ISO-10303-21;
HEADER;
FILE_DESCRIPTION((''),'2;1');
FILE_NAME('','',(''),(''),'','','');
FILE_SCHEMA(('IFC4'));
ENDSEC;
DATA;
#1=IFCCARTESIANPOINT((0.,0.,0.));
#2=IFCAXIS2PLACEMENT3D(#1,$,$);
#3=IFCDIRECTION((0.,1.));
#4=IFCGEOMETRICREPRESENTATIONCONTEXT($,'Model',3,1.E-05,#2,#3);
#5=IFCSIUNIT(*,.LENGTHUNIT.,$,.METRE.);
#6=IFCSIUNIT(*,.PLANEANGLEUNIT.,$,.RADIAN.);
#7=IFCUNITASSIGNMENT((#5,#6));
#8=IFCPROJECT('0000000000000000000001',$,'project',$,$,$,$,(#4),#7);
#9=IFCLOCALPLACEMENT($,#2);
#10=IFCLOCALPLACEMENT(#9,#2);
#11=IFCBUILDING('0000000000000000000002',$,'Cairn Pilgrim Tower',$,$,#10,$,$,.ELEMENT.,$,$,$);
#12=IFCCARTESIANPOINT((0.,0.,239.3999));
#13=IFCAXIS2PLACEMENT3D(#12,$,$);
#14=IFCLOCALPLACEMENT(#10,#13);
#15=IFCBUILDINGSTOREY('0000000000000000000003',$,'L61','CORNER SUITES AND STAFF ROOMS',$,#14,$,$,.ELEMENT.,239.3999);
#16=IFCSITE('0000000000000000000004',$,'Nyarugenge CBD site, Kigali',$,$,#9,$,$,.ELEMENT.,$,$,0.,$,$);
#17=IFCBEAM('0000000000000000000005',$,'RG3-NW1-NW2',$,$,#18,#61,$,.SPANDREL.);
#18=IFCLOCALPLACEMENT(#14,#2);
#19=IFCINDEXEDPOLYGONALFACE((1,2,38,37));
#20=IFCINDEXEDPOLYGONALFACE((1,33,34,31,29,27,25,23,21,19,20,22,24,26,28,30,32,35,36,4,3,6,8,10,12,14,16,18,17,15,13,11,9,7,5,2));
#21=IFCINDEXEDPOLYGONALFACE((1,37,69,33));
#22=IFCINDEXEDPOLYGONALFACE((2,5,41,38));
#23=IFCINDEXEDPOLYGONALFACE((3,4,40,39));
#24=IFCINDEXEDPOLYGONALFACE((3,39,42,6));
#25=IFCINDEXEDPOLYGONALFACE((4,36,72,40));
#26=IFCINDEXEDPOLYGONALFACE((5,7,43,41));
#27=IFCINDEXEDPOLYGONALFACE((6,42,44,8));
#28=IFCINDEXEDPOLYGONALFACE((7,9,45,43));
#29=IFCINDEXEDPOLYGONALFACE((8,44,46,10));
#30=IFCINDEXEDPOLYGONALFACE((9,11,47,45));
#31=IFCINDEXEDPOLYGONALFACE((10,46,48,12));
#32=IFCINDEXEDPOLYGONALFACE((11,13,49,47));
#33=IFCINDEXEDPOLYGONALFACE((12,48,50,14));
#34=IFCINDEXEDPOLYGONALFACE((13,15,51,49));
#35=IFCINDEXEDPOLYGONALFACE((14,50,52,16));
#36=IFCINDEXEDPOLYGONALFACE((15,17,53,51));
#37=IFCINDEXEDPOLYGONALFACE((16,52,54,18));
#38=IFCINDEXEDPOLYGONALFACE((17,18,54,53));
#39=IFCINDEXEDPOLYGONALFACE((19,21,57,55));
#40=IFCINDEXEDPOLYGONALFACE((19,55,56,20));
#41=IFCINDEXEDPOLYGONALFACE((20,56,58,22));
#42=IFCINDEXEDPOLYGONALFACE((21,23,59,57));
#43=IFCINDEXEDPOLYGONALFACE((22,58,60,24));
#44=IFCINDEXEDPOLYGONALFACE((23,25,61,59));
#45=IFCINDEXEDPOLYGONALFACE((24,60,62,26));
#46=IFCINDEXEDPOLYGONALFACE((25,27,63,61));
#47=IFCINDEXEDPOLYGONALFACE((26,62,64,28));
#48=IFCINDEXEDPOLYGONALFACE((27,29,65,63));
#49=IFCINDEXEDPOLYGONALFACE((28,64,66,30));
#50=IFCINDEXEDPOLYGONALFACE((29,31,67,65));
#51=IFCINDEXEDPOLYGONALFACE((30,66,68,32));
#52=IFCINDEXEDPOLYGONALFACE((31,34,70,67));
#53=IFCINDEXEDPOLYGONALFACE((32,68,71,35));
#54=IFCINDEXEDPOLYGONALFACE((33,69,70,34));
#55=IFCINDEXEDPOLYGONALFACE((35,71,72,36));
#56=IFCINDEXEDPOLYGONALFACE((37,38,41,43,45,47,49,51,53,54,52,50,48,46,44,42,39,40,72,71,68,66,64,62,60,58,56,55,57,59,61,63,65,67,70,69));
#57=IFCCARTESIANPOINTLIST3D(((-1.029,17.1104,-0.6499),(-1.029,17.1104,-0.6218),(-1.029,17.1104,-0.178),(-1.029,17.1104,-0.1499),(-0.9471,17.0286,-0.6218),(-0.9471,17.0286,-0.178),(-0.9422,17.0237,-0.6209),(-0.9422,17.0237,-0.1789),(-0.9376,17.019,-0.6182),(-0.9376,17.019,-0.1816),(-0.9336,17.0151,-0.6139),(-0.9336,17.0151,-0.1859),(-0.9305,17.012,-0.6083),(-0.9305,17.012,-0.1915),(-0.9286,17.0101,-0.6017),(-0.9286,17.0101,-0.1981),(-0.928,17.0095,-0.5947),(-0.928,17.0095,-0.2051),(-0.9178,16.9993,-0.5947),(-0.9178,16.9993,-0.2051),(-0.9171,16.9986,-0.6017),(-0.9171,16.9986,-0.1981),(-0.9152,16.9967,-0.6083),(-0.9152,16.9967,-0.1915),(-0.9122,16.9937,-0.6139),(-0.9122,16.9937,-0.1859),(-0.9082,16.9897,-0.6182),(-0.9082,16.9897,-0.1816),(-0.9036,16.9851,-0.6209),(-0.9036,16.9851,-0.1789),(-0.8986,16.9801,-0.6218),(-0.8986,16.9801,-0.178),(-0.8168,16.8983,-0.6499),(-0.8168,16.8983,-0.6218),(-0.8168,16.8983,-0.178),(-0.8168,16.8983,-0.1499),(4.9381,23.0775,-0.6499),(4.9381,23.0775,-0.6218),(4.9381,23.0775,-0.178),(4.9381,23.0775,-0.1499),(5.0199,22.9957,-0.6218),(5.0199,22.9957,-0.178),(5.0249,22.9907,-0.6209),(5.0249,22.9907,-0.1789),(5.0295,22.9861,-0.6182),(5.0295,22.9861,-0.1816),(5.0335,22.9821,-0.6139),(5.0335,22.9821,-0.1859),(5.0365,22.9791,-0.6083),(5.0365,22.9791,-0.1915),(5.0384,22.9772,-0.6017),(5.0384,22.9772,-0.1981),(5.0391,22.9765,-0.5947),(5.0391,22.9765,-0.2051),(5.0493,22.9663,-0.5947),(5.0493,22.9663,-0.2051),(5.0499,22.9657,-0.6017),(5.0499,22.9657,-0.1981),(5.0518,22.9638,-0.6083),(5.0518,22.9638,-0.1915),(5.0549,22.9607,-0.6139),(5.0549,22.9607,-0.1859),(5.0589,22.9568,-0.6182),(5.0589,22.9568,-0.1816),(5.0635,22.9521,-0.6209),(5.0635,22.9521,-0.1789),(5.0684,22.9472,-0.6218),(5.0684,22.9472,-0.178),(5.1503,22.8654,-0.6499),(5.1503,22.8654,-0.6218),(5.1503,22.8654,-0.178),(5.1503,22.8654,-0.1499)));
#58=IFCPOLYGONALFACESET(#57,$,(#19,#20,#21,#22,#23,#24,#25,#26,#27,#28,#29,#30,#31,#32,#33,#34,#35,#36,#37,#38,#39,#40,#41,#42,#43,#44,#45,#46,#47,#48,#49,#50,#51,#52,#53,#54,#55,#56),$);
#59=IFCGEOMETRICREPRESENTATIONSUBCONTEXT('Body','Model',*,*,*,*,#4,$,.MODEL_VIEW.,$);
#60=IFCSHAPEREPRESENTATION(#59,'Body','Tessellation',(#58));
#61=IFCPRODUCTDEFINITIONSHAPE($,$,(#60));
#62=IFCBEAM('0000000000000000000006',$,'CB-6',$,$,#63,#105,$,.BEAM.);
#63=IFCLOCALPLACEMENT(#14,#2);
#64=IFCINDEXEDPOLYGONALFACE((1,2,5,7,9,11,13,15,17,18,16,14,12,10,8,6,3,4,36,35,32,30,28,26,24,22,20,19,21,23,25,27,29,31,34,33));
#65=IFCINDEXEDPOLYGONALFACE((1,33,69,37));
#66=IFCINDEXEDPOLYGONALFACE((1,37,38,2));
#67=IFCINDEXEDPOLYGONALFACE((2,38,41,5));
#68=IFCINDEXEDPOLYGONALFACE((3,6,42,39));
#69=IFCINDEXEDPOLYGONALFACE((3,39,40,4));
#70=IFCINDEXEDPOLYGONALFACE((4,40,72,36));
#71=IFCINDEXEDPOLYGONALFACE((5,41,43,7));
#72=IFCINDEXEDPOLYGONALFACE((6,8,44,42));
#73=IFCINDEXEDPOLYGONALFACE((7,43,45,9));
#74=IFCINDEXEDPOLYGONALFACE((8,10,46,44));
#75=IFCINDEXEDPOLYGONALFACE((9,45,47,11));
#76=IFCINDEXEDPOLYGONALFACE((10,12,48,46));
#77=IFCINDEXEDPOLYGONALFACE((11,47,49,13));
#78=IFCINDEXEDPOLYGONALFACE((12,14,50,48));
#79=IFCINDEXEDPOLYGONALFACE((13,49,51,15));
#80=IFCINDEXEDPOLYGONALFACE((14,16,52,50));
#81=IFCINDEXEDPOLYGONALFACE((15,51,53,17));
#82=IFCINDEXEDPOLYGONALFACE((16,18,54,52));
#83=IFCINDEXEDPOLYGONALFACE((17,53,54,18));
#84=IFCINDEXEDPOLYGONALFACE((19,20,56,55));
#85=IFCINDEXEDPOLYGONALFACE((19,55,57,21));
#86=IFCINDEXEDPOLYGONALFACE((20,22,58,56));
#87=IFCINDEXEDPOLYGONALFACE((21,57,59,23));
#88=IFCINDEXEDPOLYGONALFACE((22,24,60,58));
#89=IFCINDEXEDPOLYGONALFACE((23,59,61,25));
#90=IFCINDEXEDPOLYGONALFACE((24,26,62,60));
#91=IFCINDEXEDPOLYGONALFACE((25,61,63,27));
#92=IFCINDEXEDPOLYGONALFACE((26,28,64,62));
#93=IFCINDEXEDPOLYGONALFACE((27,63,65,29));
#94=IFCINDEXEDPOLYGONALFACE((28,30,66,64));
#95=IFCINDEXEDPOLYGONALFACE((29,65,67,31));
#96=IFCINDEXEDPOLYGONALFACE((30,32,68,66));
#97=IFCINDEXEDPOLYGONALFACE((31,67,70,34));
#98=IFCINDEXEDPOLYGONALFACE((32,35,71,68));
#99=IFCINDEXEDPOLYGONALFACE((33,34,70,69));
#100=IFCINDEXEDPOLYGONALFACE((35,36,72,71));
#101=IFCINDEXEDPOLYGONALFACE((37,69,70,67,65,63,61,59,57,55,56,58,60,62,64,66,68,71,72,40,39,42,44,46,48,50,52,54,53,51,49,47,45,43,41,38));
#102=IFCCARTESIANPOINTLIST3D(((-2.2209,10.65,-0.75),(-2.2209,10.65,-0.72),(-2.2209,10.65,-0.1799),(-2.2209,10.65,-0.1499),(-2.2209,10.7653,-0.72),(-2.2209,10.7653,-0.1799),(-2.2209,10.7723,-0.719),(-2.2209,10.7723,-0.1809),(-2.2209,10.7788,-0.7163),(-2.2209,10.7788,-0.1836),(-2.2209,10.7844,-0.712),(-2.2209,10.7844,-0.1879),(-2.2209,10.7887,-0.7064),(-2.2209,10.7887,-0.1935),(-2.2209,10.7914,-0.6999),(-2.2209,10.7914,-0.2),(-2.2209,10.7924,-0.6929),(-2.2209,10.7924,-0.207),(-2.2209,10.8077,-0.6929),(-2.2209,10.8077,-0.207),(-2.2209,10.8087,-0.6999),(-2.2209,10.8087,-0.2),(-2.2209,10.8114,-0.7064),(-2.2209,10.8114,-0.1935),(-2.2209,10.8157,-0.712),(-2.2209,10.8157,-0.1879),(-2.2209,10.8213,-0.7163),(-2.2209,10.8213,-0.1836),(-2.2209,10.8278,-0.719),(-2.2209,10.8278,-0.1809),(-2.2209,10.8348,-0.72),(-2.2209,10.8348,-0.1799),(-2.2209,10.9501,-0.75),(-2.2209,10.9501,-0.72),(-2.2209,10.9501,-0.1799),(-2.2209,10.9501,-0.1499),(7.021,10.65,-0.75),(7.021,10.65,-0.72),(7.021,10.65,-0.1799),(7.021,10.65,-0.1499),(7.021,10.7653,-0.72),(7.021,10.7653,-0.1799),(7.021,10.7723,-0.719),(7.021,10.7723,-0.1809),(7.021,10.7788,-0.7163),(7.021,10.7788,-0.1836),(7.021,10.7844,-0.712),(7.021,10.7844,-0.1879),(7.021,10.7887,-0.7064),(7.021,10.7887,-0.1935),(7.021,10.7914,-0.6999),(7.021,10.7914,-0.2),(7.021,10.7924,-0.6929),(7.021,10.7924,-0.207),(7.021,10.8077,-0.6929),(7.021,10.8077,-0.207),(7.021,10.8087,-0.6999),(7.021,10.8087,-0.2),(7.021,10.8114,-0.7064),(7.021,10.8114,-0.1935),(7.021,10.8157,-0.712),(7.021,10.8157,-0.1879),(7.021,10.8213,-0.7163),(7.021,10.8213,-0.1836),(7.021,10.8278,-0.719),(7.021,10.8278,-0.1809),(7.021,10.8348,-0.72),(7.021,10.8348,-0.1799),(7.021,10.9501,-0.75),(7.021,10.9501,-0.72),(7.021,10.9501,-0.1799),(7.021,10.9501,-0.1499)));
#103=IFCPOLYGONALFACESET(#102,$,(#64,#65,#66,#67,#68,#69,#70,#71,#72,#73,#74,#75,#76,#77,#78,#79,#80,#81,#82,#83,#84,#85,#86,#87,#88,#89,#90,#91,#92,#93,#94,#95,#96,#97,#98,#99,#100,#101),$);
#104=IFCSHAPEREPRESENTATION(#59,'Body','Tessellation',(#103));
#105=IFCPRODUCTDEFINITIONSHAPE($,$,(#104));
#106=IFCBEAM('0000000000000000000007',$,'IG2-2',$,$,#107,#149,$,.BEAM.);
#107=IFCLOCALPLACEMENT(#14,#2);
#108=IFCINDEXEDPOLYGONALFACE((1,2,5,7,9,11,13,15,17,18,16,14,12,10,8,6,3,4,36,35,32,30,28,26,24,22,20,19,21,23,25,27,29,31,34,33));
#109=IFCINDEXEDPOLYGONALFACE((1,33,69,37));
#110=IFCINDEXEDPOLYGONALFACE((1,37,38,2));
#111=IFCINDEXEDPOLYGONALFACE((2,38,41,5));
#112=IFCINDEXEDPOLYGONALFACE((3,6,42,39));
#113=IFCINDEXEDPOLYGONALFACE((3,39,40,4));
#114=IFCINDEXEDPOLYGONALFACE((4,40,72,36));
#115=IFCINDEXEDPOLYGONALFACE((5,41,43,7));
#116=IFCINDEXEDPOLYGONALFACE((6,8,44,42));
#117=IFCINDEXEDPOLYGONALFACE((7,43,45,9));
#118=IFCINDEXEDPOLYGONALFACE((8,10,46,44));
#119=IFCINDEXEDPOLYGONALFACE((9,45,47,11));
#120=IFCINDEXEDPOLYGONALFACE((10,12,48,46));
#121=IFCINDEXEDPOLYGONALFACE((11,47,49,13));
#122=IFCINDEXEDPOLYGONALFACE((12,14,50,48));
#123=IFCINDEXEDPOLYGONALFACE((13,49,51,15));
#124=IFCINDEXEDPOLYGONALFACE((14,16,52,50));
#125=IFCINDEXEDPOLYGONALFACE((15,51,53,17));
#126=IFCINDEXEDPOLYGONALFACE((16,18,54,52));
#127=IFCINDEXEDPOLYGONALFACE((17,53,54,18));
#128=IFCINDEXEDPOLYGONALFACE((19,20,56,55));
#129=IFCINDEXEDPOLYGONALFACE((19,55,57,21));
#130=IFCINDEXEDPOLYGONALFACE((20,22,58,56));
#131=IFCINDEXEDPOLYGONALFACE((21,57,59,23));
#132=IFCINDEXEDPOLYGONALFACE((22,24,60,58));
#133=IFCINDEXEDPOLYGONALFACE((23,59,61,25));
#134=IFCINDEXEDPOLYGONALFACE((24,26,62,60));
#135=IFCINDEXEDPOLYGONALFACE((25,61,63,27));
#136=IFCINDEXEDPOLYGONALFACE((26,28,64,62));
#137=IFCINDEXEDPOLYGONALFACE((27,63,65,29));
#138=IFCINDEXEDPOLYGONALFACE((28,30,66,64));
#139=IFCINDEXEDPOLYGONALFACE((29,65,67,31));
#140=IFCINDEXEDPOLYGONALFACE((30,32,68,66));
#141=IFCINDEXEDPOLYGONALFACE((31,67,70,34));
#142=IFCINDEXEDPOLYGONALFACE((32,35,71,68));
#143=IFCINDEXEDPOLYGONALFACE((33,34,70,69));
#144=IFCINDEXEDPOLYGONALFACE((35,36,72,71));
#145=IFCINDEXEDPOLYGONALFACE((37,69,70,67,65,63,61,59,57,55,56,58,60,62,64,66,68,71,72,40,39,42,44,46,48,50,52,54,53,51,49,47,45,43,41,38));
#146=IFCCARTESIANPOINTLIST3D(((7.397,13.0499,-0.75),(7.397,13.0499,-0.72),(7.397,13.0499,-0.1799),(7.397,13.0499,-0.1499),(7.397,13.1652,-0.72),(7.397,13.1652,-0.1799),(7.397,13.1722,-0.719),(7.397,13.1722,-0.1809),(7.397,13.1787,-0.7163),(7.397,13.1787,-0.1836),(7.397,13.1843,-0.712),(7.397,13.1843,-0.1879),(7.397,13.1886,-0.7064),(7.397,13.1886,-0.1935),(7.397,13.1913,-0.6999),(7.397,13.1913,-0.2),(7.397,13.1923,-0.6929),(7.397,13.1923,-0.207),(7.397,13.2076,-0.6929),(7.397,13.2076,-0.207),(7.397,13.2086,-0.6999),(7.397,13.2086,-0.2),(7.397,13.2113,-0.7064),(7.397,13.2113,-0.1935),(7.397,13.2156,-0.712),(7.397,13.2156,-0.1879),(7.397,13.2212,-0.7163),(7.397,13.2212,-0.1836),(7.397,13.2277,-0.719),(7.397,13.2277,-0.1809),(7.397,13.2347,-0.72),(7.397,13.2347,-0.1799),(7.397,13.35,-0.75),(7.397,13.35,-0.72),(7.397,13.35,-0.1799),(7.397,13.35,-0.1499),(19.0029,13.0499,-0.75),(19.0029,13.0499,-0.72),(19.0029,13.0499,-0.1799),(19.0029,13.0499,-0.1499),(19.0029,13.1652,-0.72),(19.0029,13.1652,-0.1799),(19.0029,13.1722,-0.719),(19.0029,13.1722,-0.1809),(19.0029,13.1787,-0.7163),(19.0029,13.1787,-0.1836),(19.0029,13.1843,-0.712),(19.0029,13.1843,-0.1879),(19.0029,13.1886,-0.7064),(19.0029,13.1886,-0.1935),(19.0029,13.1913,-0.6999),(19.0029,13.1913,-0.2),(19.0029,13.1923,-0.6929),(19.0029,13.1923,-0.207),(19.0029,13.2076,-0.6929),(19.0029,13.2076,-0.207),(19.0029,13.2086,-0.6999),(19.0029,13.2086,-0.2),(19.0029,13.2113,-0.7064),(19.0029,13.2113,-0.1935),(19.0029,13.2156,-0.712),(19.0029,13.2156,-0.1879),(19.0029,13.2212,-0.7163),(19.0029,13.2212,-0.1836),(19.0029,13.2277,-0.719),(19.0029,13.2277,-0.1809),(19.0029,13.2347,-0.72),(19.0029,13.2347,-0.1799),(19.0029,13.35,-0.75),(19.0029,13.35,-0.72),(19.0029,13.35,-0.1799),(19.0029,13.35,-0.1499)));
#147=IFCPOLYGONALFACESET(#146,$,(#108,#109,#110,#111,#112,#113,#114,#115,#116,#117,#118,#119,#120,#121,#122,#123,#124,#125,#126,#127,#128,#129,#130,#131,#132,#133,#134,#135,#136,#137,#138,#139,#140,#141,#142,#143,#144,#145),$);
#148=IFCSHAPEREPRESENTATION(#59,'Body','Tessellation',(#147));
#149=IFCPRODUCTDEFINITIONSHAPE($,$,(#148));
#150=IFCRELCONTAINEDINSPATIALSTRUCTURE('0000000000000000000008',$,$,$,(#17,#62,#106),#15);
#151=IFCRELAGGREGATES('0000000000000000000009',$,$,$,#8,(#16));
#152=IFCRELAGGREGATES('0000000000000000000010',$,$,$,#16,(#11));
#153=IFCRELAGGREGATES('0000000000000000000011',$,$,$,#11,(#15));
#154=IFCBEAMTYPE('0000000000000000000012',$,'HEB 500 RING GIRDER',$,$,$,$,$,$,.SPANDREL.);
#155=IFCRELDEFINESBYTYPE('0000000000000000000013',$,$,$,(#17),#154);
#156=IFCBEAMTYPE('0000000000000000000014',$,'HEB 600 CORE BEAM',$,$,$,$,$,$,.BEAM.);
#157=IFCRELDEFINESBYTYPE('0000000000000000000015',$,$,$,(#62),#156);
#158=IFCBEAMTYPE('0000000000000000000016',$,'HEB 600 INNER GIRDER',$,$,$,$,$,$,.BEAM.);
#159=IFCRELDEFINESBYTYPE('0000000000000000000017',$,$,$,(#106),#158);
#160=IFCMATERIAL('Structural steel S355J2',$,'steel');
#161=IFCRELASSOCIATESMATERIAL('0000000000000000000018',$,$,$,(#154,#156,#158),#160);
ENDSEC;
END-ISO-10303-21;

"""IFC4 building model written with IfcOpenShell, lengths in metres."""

from ifc_helpers import new_model, si_unit, direction, frame, origin, origin_2d, place, context, subcontext, project, spatial, i_section, extrude, material, material_profile, profile_set, type_object, element, save


model = new_model("IFC4")

# Units and contexts
model_context = context("Model", 3, precision=1e-05, world=origin(), true_north=direction((0.0, 1.0)))
body_context = subcontext(model_context, "Body", "Model", "MODEL_VIEW")
ifc_project = project(units=[si_unit("LENGTHUNIT", "METRE"), si_unit("PLANEANGLEUNIT", "RADIAN")], contexts=[model_context])

# Site, building, storey
site_placement = place(None, origin())
site = spatial("IfcSite", under=ifc_project, at=site_placement, Name="Nyarugenge CBD site, Kigali", CompositionType="ELEMENT", RefElevation=0.0)
building_placement = place(site_placement, origin())
building = spatial("IfcBuilding", under=site, at=building_placement, Name="Cairn Pilgrim Tower", CompositionType="ELEMENT")
storey_placement = place(building_placement, frame((0.0, 0.0, 239.3999)))
storey = spatial("IfcBuildingStorey", under=building, at=storey_placement, Name="L61", Description="CORNER SUITES AND STAFF ROOMS", CompositionType="ELEMENT", Elevation=239.3999)

# Shared definitions
ifc_material_1 = material(Name="Structural steel S355J2", Category="steel")

# Beams
ifc_material_profile_1 = material_profile(ifc_material_1, i_section(OverallWidth=0.3, OverallDepth=0.5, WebThickness=0.0144, FlangeThickness=0.0281, FilletRadius=0.0271, at=origin_2d()), Name="HEB 500")
ifc_profile_set_1 = profile_set([ifc_material_profile_1], Name="Structural steel S355J2")
beam_type_1 = type_object("IfcBeamType", Name="HEB 500 RING GIRDER", PredefinedType="SPANDREL", material=ifc_profile_set_1)
beam_1_placement = place(storey_placement, frame((5.0442, 22.9714, -0.3999), z_axis=(-0.707107, -0.707107, 0.0), x_axis=(0.707107, -0.707107, 0.0)))
element("IfcBeam", 1, at=beam_1_placement, inside=storey, type_object=beam_type_1, Name="RG3-NW1-NW2", PredefinedType="SPANDREL", context=body_context, shape_type="SweptSolid", body=[
    extrude(i_section(OverallWidth=0.3, OverallDepth=0.5, WebThickness=0.0144, FlangeThickness=0.0281, FilletRadius=0.0271, at=origin_2d()), origin(), (0.0, 0.0, 1.0), 8.4387),
])
ifc_material_profile_2 = material_profile(ifc_material_1, i_section(OverallWidth=0.3, OverallDepth=0.6001, WebThickness=0.0154, FlangeThickness=0.03, FilletRadius=0.0271, at=origin_2d()), Name="HEB 600")
ifc_profile_set_2 = profile_set([ifc_material_profile_2], Name="Structural steel S355J2")
beam_type_2 = type_object("IfcBeamType", Name="HEB 600 CORE BEAM", PredefinedType="BEAM", material=ifc_profile_set_2)
beam_2_placement = place(storey_placement, frame((7.021, 10.8, -0.45), z_axis=(-1.0, 0.0, 0.0), x_axis=(0.0, -1.0, 0.0)))
element("IfcBeam", 2, at=beam_2_placement, inside=storey, type_object=beam_type_2, Name="CB-6", PredefinedType="BEAM", context=body_context, shape_type="SweptSolid", body=[
    extrude(i_section(OverallWidth=0.3, OverallDepth=0.6001, WebThickness=0.0154, FlangeThickness=0.03, FilletRadius=0.0271, at=origin_2d()), origin(), (0.0, 0.0, 1.0), 9.2419),
])
ifc_material_profile_3 = material_profile(ifc_material_1, i_section(OverallWidth=0.3, OverallDepth=0.6001, WebThickness=0.0154, FlangeThickness=0.03, FilletRadius=0.0271, at=origin_2d()), Name="HEB 600")
ifc_profile_set_3 = profile_set([ifc_material_profile_3], Name="Structural steel S355J2")
beam_type_3 = type_object("IfcBeamType", Name="HEB 600 INNER GIRDER", PredefinedType="BEAM", material=ifc_profile_set_3)
beam_3_placement = place(storey_placement, frame((7.397, 13.2, -0.45), z_axis=(1.0, 0.0, 0.0), x_axis=(0.0, 1.0, 0.0)))
element("IfcBeam", 3, at=beam_3_placement, inside=storey, type_object=beam_type_3, Name="IG2-2", PredefinedType="BEAM", context=body_context, shape_type="SweptSolid", body=[
    extrude(i_section(OverallWidth=0.3, OverallDepth=0.6001, WebThickness=0.0154, FlangeThickness=0.03, FilletRadius=0.0271, at=origin_2d()), origin(), (0.0, 0.0, 1.0), 11.606),
])

save(model, "model.ifc")
